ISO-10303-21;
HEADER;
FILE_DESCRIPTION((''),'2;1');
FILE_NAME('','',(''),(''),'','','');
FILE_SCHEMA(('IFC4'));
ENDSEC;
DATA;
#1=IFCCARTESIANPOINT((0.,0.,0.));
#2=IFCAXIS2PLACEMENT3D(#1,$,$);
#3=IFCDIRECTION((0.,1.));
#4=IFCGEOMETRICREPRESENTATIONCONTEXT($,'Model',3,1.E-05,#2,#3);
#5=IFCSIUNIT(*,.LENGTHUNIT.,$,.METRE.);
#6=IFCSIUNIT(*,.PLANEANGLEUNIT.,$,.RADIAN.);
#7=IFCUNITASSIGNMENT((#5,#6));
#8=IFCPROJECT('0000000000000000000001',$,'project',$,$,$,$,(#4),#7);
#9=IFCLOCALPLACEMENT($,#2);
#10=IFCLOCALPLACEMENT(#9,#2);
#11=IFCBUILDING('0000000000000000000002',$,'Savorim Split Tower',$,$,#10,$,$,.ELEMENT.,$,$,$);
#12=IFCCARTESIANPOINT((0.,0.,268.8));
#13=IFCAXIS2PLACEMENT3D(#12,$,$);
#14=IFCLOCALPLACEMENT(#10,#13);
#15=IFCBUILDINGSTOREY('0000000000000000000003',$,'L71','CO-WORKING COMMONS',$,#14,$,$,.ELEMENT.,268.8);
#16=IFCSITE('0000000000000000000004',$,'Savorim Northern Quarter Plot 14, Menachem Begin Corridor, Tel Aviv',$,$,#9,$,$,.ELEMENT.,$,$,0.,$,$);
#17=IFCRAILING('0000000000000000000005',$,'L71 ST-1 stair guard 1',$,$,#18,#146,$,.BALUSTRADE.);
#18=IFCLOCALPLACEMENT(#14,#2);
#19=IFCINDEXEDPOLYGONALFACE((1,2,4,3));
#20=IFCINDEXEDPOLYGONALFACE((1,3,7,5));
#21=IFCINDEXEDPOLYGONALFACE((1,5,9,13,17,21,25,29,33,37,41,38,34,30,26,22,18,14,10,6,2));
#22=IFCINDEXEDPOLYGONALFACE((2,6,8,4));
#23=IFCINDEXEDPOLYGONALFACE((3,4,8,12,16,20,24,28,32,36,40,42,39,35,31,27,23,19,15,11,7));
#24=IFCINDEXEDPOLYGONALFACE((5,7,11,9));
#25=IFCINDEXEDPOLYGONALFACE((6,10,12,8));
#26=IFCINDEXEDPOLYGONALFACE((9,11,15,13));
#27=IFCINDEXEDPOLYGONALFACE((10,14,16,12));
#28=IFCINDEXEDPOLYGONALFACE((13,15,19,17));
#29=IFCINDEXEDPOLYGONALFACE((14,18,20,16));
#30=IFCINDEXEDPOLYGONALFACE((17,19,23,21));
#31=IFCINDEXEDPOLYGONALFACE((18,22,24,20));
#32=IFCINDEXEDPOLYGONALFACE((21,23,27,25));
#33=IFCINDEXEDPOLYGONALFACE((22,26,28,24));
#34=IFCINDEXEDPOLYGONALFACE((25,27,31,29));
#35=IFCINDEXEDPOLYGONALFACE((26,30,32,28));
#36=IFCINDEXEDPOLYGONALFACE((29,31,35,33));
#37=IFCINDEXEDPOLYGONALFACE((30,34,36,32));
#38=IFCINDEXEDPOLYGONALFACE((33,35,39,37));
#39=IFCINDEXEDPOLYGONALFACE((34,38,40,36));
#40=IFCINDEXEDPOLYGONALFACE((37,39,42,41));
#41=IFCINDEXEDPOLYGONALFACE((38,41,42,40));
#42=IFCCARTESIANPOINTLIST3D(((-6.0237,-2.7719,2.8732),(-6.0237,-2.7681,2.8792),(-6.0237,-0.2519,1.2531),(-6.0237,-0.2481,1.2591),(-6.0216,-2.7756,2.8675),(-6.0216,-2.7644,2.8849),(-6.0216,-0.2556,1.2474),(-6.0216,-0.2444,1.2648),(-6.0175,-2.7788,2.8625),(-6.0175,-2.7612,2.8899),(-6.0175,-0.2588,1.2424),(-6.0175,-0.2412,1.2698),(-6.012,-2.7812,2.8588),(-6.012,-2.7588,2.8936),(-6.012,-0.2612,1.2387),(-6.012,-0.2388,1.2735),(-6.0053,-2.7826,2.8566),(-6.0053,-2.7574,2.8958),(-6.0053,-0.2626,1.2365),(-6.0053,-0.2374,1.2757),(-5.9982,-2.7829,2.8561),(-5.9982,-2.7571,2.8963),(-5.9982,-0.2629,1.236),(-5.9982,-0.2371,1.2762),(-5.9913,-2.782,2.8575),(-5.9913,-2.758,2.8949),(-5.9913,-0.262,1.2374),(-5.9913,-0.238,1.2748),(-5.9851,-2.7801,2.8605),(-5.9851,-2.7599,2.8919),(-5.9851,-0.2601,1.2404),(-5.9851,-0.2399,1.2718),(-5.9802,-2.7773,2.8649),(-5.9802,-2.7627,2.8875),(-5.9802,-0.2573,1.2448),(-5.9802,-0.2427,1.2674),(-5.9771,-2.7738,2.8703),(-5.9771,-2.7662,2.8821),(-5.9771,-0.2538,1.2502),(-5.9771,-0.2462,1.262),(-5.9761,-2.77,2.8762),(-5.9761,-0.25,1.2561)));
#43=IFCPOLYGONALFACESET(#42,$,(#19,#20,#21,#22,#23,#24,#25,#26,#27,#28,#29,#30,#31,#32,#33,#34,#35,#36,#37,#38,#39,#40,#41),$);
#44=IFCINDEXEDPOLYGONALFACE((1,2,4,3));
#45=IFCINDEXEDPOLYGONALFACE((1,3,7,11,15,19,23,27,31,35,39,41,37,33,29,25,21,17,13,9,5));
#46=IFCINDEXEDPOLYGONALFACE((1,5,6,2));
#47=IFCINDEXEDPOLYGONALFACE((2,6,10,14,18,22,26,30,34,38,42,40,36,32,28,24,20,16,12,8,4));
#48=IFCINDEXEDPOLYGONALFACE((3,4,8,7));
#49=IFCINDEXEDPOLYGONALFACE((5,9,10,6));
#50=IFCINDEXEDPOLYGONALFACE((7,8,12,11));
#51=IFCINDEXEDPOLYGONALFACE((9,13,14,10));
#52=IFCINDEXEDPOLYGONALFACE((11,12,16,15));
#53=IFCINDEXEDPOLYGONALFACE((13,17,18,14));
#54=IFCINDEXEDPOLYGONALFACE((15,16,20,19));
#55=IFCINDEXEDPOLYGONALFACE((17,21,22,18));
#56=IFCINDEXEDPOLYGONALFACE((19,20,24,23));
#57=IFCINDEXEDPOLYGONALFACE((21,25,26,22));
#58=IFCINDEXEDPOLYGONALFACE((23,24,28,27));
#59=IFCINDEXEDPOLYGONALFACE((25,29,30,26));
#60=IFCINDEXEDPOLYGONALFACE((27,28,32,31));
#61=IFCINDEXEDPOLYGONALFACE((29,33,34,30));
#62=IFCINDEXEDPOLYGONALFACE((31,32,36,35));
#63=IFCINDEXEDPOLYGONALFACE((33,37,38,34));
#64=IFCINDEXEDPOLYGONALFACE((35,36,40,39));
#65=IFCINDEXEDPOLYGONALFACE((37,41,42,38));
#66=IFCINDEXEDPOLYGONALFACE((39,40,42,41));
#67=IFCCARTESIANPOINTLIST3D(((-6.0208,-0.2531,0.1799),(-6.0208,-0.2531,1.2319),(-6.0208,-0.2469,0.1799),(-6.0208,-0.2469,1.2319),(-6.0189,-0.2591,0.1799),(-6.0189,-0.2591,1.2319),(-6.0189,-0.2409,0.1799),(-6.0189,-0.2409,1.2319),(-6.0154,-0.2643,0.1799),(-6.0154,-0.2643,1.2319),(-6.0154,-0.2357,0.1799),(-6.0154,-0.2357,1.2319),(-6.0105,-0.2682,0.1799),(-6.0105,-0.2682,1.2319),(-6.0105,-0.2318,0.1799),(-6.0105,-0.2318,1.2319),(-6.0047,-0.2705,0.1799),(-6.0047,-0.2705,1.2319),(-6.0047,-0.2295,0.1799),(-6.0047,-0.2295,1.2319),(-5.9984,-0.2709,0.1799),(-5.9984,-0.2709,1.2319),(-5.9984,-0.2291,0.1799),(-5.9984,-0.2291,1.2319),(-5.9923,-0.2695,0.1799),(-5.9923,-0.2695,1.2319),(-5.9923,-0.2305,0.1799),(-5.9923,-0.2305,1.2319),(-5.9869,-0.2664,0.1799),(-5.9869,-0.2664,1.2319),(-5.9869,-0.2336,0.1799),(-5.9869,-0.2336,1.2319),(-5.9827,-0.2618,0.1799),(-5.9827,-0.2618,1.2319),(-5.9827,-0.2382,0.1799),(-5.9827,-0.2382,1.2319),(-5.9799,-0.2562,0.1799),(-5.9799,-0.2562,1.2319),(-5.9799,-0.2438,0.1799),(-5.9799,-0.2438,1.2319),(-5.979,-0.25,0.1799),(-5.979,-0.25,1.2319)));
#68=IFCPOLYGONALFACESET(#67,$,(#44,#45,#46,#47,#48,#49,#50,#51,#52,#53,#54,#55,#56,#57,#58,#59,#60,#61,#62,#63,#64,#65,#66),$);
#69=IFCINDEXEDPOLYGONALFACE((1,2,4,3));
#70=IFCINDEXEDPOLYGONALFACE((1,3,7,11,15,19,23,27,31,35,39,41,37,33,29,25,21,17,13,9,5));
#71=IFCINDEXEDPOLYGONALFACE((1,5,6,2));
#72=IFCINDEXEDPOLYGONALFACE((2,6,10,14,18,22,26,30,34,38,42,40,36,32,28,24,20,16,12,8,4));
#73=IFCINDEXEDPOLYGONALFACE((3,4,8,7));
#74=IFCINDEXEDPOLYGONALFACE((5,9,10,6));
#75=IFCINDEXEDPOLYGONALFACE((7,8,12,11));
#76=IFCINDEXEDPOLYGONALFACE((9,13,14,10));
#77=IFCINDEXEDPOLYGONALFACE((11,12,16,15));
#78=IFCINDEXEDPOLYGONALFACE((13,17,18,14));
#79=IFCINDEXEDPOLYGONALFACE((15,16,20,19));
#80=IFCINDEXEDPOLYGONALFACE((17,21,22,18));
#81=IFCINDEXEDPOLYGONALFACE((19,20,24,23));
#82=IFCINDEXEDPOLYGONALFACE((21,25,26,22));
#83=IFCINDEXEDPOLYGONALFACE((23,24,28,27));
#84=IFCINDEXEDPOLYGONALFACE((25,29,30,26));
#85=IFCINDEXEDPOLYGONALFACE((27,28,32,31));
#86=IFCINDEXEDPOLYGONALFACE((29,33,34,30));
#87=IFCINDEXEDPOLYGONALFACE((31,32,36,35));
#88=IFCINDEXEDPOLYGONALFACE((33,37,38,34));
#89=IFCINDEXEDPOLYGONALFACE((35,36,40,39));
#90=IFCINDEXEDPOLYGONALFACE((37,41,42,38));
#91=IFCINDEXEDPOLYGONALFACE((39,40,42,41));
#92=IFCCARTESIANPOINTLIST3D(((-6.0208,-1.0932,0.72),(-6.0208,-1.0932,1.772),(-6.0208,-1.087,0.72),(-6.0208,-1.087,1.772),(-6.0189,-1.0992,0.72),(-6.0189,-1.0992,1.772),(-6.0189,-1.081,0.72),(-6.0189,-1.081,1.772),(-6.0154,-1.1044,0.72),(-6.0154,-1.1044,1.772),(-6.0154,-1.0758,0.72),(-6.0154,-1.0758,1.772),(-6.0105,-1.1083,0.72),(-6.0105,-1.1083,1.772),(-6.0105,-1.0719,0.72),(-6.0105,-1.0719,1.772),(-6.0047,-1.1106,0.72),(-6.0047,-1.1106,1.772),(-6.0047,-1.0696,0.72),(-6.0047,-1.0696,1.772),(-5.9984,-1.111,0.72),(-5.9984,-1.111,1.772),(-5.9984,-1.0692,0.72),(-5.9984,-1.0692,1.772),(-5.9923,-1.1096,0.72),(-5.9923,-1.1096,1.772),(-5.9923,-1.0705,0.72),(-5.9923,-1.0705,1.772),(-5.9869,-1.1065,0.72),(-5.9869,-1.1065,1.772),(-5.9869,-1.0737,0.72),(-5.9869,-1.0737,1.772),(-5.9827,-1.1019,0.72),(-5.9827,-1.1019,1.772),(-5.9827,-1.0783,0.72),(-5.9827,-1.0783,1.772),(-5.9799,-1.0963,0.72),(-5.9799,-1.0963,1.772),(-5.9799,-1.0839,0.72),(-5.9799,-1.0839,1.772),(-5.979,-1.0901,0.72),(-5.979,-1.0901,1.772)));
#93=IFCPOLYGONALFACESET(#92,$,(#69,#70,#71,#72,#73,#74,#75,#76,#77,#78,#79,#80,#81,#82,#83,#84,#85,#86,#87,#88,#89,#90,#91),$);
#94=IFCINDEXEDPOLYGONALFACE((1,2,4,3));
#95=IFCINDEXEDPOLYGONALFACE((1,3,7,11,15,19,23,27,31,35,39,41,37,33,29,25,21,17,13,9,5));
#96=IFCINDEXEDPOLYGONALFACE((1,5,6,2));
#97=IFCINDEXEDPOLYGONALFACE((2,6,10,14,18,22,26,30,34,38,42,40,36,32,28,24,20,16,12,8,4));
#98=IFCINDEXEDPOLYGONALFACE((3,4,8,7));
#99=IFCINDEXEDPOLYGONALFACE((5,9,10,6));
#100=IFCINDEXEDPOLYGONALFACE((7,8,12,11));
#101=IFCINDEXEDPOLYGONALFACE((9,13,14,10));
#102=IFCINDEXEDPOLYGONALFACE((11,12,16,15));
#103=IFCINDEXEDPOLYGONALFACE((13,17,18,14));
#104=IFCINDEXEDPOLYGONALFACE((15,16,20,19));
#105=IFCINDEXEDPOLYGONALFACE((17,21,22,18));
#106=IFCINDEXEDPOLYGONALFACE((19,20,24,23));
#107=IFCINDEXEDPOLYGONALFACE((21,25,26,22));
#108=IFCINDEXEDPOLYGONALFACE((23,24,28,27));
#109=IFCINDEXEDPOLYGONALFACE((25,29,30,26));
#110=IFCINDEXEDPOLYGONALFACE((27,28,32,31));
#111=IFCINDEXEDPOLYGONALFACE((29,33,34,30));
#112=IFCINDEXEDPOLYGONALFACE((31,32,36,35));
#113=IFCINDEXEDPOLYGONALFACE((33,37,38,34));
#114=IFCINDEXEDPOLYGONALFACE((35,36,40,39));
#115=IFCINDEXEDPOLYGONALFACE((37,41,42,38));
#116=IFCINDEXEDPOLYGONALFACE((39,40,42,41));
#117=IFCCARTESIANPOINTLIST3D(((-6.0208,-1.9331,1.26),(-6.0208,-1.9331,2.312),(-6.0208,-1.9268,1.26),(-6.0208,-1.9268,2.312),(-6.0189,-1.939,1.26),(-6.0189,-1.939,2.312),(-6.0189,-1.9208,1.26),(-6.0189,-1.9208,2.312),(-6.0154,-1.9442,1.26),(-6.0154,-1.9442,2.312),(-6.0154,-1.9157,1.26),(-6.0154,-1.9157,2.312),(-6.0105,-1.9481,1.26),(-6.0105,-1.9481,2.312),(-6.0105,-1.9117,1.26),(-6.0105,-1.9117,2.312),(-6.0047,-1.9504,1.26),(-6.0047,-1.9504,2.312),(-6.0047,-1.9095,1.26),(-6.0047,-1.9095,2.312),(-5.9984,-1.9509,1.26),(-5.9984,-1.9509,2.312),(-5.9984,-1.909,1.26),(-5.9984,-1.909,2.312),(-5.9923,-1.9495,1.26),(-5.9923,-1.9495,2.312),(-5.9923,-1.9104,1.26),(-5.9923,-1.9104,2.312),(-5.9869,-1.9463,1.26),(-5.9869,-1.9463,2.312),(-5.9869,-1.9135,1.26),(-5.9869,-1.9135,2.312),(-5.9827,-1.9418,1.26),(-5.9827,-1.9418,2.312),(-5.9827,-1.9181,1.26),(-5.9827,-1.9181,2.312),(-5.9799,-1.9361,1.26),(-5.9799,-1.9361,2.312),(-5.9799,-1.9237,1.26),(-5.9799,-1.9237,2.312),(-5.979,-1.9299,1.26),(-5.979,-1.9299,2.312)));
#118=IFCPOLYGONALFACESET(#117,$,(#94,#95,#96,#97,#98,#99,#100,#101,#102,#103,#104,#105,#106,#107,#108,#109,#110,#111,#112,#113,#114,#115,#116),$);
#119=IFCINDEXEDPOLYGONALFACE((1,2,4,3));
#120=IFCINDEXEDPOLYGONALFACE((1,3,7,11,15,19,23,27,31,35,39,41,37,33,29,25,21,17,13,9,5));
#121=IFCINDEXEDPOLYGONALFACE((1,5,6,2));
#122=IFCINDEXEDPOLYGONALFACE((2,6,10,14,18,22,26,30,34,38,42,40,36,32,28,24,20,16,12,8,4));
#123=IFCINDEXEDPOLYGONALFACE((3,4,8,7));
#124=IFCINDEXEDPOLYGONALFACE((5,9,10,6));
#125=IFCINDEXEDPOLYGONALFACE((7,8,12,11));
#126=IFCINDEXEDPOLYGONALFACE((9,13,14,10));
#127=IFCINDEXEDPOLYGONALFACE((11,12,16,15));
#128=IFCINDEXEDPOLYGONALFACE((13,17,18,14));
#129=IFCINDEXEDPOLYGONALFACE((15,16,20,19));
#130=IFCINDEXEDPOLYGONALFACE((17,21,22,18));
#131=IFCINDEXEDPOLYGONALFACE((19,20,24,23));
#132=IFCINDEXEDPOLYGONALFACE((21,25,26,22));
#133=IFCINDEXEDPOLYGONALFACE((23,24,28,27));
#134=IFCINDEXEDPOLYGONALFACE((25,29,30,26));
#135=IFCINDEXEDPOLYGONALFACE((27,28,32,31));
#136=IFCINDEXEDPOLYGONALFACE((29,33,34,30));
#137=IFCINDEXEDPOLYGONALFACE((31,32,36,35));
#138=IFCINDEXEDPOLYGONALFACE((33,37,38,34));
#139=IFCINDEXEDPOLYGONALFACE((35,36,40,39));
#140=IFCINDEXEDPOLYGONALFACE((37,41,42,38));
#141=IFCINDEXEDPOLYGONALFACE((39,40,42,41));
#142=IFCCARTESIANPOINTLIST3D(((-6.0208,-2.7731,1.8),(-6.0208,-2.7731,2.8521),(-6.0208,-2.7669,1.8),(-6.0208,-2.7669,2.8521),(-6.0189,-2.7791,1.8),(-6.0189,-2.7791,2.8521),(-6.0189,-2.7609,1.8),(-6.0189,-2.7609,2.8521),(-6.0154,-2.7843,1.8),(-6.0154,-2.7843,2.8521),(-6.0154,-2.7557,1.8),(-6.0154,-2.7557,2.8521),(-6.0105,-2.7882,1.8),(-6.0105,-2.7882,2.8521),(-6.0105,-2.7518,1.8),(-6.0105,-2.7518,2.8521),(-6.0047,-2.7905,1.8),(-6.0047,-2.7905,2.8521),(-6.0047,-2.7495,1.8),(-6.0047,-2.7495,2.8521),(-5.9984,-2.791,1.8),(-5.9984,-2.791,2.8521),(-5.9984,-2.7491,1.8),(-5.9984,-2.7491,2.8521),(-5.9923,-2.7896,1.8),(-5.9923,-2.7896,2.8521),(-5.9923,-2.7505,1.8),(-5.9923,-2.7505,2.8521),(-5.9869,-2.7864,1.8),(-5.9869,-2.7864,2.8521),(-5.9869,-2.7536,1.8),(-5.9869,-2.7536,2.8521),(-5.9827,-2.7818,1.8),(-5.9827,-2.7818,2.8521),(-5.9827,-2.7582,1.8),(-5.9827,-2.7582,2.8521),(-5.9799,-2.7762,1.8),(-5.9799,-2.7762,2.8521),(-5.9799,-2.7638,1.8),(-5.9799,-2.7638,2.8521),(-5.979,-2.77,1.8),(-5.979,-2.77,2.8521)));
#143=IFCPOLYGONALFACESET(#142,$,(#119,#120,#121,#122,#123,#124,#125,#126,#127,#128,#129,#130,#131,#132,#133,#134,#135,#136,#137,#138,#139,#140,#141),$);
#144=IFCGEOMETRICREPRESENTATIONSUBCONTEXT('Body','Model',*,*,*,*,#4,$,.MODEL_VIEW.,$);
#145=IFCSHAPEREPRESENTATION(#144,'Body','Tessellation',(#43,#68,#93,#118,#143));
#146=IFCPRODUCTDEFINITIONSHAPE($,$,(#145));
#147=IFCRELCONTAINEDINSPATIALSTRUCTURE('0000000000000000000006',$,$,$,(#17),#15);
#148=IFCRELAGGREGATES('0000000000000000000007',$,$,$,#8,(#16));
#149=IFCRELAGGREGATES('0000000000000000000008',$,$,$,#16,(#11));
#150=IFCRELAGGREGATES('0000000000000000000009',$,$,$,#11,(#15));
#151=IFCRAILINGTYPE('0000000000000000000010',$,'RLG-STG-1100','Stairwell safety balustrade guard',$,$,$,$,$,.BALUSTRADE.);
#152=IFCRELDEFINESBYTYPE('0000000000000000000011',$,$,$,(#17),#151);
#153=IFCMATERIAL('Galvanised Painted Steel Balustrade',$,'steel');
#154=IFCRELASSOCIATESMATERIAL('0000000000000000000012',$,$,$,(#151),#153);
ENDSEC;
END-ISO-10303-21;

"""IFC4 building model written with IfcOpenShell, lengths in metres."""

from ifc_helpers import new_model, si_unit, direction, frame, origin, origin_2d, place, context, subcontext, project, spatial, circle, extrude, material, type_object, element, save


model = new_model("IFC4")

# Units and contexts
model_context = context("Model", 3, precision=1e-05, world=origin(), true_north=direction((0.0, 1.0)))
body_context = subcontext(model_context, "Body", "Model", "MODEL_VIEW")
ifc_project = project(units=[si_unit("LENGTHUNIT", "METRE"), si_unit("PLANEANGLEUNIT", "RADIAN")], contexts=[model_context])

# Site, building, storey
site_placement = place(None, origin())
site = spatial("IfcSite", under=ifc_project, at=site_placement, Name="Savorim Northern Quarter Plot 14, Menachem Begin Corridor, Tel Aviv", CompositionType="ELEMENT", RefElevation=0.0)
building_placement = place(site_placement, origin())
building = spatial("IfcBuilding", under=site, at=building_placement, Name="Savorim Split Tower", CompositionType="ELEMENT")
storey_placement = place(building_placement, frame((0.0, 0.0, 268.8)))
storey = spatial("IfcBuildingStorey", under=building, at=storey_placement, Name="L71", Description="CO-WORKING COMMONS", CompositionType="ELEMENT", Elevation=268.8)

# Railing
ifc_material_1 = material(Name="Galvanised Painted Steel Balustrade", Category="steel")
railing_type_1 = type_object("IfcRailingType", Name="RLG-STG-1100", Description="Stairwell safety balustrade guard", PredefinedType="BALUSTRADE", material=ifc_material_1)
railing_1_placement = place(storey_placement, frame((-6.0, -0.25, 0.1799)))
element("IfcRailing", 1, at=railing_1_placement, inside=storey, type_object=railing_type_1, Name="L71 ST-1 stair guard 1", PredefinedType="BALUSTRADE", context=body_context, shape_type="SweptSolid", body=[
    extrude(circle(Radius=0.0239, at=origin_2d()), frame((0.0, 0.0, 1.0762), z_axis=(0.0, -0.841163, 0.540782), x_axis=(1.0, 0.0, 0.0)), (0.0, 0.0, 1.0), 2.9958),
    extrude(circle(Radius=0.021, at=origin_2d()), origin(), (0.0, 0.0, 1.0), 1.052),
    extrude(circle(Radius=0.021, at=origin_2d()), frame((0.0, -0.8401, 0.54)), (0.0, 0.0, 1.0), 1.052),
    extrude(circle(Radius=0.021, at=origin_2d()), frame((0.0, -1.6799, 1.0801)), (0.0, 0.0, 1.0), 1.052),
    extrude(circle(Radius=0.021, at=origin_2d()), frame((0.0, -2.52, 1.6201)), (0.0, 0.0, 1.0), 1.052),
])

save(model, "model.ifc")
